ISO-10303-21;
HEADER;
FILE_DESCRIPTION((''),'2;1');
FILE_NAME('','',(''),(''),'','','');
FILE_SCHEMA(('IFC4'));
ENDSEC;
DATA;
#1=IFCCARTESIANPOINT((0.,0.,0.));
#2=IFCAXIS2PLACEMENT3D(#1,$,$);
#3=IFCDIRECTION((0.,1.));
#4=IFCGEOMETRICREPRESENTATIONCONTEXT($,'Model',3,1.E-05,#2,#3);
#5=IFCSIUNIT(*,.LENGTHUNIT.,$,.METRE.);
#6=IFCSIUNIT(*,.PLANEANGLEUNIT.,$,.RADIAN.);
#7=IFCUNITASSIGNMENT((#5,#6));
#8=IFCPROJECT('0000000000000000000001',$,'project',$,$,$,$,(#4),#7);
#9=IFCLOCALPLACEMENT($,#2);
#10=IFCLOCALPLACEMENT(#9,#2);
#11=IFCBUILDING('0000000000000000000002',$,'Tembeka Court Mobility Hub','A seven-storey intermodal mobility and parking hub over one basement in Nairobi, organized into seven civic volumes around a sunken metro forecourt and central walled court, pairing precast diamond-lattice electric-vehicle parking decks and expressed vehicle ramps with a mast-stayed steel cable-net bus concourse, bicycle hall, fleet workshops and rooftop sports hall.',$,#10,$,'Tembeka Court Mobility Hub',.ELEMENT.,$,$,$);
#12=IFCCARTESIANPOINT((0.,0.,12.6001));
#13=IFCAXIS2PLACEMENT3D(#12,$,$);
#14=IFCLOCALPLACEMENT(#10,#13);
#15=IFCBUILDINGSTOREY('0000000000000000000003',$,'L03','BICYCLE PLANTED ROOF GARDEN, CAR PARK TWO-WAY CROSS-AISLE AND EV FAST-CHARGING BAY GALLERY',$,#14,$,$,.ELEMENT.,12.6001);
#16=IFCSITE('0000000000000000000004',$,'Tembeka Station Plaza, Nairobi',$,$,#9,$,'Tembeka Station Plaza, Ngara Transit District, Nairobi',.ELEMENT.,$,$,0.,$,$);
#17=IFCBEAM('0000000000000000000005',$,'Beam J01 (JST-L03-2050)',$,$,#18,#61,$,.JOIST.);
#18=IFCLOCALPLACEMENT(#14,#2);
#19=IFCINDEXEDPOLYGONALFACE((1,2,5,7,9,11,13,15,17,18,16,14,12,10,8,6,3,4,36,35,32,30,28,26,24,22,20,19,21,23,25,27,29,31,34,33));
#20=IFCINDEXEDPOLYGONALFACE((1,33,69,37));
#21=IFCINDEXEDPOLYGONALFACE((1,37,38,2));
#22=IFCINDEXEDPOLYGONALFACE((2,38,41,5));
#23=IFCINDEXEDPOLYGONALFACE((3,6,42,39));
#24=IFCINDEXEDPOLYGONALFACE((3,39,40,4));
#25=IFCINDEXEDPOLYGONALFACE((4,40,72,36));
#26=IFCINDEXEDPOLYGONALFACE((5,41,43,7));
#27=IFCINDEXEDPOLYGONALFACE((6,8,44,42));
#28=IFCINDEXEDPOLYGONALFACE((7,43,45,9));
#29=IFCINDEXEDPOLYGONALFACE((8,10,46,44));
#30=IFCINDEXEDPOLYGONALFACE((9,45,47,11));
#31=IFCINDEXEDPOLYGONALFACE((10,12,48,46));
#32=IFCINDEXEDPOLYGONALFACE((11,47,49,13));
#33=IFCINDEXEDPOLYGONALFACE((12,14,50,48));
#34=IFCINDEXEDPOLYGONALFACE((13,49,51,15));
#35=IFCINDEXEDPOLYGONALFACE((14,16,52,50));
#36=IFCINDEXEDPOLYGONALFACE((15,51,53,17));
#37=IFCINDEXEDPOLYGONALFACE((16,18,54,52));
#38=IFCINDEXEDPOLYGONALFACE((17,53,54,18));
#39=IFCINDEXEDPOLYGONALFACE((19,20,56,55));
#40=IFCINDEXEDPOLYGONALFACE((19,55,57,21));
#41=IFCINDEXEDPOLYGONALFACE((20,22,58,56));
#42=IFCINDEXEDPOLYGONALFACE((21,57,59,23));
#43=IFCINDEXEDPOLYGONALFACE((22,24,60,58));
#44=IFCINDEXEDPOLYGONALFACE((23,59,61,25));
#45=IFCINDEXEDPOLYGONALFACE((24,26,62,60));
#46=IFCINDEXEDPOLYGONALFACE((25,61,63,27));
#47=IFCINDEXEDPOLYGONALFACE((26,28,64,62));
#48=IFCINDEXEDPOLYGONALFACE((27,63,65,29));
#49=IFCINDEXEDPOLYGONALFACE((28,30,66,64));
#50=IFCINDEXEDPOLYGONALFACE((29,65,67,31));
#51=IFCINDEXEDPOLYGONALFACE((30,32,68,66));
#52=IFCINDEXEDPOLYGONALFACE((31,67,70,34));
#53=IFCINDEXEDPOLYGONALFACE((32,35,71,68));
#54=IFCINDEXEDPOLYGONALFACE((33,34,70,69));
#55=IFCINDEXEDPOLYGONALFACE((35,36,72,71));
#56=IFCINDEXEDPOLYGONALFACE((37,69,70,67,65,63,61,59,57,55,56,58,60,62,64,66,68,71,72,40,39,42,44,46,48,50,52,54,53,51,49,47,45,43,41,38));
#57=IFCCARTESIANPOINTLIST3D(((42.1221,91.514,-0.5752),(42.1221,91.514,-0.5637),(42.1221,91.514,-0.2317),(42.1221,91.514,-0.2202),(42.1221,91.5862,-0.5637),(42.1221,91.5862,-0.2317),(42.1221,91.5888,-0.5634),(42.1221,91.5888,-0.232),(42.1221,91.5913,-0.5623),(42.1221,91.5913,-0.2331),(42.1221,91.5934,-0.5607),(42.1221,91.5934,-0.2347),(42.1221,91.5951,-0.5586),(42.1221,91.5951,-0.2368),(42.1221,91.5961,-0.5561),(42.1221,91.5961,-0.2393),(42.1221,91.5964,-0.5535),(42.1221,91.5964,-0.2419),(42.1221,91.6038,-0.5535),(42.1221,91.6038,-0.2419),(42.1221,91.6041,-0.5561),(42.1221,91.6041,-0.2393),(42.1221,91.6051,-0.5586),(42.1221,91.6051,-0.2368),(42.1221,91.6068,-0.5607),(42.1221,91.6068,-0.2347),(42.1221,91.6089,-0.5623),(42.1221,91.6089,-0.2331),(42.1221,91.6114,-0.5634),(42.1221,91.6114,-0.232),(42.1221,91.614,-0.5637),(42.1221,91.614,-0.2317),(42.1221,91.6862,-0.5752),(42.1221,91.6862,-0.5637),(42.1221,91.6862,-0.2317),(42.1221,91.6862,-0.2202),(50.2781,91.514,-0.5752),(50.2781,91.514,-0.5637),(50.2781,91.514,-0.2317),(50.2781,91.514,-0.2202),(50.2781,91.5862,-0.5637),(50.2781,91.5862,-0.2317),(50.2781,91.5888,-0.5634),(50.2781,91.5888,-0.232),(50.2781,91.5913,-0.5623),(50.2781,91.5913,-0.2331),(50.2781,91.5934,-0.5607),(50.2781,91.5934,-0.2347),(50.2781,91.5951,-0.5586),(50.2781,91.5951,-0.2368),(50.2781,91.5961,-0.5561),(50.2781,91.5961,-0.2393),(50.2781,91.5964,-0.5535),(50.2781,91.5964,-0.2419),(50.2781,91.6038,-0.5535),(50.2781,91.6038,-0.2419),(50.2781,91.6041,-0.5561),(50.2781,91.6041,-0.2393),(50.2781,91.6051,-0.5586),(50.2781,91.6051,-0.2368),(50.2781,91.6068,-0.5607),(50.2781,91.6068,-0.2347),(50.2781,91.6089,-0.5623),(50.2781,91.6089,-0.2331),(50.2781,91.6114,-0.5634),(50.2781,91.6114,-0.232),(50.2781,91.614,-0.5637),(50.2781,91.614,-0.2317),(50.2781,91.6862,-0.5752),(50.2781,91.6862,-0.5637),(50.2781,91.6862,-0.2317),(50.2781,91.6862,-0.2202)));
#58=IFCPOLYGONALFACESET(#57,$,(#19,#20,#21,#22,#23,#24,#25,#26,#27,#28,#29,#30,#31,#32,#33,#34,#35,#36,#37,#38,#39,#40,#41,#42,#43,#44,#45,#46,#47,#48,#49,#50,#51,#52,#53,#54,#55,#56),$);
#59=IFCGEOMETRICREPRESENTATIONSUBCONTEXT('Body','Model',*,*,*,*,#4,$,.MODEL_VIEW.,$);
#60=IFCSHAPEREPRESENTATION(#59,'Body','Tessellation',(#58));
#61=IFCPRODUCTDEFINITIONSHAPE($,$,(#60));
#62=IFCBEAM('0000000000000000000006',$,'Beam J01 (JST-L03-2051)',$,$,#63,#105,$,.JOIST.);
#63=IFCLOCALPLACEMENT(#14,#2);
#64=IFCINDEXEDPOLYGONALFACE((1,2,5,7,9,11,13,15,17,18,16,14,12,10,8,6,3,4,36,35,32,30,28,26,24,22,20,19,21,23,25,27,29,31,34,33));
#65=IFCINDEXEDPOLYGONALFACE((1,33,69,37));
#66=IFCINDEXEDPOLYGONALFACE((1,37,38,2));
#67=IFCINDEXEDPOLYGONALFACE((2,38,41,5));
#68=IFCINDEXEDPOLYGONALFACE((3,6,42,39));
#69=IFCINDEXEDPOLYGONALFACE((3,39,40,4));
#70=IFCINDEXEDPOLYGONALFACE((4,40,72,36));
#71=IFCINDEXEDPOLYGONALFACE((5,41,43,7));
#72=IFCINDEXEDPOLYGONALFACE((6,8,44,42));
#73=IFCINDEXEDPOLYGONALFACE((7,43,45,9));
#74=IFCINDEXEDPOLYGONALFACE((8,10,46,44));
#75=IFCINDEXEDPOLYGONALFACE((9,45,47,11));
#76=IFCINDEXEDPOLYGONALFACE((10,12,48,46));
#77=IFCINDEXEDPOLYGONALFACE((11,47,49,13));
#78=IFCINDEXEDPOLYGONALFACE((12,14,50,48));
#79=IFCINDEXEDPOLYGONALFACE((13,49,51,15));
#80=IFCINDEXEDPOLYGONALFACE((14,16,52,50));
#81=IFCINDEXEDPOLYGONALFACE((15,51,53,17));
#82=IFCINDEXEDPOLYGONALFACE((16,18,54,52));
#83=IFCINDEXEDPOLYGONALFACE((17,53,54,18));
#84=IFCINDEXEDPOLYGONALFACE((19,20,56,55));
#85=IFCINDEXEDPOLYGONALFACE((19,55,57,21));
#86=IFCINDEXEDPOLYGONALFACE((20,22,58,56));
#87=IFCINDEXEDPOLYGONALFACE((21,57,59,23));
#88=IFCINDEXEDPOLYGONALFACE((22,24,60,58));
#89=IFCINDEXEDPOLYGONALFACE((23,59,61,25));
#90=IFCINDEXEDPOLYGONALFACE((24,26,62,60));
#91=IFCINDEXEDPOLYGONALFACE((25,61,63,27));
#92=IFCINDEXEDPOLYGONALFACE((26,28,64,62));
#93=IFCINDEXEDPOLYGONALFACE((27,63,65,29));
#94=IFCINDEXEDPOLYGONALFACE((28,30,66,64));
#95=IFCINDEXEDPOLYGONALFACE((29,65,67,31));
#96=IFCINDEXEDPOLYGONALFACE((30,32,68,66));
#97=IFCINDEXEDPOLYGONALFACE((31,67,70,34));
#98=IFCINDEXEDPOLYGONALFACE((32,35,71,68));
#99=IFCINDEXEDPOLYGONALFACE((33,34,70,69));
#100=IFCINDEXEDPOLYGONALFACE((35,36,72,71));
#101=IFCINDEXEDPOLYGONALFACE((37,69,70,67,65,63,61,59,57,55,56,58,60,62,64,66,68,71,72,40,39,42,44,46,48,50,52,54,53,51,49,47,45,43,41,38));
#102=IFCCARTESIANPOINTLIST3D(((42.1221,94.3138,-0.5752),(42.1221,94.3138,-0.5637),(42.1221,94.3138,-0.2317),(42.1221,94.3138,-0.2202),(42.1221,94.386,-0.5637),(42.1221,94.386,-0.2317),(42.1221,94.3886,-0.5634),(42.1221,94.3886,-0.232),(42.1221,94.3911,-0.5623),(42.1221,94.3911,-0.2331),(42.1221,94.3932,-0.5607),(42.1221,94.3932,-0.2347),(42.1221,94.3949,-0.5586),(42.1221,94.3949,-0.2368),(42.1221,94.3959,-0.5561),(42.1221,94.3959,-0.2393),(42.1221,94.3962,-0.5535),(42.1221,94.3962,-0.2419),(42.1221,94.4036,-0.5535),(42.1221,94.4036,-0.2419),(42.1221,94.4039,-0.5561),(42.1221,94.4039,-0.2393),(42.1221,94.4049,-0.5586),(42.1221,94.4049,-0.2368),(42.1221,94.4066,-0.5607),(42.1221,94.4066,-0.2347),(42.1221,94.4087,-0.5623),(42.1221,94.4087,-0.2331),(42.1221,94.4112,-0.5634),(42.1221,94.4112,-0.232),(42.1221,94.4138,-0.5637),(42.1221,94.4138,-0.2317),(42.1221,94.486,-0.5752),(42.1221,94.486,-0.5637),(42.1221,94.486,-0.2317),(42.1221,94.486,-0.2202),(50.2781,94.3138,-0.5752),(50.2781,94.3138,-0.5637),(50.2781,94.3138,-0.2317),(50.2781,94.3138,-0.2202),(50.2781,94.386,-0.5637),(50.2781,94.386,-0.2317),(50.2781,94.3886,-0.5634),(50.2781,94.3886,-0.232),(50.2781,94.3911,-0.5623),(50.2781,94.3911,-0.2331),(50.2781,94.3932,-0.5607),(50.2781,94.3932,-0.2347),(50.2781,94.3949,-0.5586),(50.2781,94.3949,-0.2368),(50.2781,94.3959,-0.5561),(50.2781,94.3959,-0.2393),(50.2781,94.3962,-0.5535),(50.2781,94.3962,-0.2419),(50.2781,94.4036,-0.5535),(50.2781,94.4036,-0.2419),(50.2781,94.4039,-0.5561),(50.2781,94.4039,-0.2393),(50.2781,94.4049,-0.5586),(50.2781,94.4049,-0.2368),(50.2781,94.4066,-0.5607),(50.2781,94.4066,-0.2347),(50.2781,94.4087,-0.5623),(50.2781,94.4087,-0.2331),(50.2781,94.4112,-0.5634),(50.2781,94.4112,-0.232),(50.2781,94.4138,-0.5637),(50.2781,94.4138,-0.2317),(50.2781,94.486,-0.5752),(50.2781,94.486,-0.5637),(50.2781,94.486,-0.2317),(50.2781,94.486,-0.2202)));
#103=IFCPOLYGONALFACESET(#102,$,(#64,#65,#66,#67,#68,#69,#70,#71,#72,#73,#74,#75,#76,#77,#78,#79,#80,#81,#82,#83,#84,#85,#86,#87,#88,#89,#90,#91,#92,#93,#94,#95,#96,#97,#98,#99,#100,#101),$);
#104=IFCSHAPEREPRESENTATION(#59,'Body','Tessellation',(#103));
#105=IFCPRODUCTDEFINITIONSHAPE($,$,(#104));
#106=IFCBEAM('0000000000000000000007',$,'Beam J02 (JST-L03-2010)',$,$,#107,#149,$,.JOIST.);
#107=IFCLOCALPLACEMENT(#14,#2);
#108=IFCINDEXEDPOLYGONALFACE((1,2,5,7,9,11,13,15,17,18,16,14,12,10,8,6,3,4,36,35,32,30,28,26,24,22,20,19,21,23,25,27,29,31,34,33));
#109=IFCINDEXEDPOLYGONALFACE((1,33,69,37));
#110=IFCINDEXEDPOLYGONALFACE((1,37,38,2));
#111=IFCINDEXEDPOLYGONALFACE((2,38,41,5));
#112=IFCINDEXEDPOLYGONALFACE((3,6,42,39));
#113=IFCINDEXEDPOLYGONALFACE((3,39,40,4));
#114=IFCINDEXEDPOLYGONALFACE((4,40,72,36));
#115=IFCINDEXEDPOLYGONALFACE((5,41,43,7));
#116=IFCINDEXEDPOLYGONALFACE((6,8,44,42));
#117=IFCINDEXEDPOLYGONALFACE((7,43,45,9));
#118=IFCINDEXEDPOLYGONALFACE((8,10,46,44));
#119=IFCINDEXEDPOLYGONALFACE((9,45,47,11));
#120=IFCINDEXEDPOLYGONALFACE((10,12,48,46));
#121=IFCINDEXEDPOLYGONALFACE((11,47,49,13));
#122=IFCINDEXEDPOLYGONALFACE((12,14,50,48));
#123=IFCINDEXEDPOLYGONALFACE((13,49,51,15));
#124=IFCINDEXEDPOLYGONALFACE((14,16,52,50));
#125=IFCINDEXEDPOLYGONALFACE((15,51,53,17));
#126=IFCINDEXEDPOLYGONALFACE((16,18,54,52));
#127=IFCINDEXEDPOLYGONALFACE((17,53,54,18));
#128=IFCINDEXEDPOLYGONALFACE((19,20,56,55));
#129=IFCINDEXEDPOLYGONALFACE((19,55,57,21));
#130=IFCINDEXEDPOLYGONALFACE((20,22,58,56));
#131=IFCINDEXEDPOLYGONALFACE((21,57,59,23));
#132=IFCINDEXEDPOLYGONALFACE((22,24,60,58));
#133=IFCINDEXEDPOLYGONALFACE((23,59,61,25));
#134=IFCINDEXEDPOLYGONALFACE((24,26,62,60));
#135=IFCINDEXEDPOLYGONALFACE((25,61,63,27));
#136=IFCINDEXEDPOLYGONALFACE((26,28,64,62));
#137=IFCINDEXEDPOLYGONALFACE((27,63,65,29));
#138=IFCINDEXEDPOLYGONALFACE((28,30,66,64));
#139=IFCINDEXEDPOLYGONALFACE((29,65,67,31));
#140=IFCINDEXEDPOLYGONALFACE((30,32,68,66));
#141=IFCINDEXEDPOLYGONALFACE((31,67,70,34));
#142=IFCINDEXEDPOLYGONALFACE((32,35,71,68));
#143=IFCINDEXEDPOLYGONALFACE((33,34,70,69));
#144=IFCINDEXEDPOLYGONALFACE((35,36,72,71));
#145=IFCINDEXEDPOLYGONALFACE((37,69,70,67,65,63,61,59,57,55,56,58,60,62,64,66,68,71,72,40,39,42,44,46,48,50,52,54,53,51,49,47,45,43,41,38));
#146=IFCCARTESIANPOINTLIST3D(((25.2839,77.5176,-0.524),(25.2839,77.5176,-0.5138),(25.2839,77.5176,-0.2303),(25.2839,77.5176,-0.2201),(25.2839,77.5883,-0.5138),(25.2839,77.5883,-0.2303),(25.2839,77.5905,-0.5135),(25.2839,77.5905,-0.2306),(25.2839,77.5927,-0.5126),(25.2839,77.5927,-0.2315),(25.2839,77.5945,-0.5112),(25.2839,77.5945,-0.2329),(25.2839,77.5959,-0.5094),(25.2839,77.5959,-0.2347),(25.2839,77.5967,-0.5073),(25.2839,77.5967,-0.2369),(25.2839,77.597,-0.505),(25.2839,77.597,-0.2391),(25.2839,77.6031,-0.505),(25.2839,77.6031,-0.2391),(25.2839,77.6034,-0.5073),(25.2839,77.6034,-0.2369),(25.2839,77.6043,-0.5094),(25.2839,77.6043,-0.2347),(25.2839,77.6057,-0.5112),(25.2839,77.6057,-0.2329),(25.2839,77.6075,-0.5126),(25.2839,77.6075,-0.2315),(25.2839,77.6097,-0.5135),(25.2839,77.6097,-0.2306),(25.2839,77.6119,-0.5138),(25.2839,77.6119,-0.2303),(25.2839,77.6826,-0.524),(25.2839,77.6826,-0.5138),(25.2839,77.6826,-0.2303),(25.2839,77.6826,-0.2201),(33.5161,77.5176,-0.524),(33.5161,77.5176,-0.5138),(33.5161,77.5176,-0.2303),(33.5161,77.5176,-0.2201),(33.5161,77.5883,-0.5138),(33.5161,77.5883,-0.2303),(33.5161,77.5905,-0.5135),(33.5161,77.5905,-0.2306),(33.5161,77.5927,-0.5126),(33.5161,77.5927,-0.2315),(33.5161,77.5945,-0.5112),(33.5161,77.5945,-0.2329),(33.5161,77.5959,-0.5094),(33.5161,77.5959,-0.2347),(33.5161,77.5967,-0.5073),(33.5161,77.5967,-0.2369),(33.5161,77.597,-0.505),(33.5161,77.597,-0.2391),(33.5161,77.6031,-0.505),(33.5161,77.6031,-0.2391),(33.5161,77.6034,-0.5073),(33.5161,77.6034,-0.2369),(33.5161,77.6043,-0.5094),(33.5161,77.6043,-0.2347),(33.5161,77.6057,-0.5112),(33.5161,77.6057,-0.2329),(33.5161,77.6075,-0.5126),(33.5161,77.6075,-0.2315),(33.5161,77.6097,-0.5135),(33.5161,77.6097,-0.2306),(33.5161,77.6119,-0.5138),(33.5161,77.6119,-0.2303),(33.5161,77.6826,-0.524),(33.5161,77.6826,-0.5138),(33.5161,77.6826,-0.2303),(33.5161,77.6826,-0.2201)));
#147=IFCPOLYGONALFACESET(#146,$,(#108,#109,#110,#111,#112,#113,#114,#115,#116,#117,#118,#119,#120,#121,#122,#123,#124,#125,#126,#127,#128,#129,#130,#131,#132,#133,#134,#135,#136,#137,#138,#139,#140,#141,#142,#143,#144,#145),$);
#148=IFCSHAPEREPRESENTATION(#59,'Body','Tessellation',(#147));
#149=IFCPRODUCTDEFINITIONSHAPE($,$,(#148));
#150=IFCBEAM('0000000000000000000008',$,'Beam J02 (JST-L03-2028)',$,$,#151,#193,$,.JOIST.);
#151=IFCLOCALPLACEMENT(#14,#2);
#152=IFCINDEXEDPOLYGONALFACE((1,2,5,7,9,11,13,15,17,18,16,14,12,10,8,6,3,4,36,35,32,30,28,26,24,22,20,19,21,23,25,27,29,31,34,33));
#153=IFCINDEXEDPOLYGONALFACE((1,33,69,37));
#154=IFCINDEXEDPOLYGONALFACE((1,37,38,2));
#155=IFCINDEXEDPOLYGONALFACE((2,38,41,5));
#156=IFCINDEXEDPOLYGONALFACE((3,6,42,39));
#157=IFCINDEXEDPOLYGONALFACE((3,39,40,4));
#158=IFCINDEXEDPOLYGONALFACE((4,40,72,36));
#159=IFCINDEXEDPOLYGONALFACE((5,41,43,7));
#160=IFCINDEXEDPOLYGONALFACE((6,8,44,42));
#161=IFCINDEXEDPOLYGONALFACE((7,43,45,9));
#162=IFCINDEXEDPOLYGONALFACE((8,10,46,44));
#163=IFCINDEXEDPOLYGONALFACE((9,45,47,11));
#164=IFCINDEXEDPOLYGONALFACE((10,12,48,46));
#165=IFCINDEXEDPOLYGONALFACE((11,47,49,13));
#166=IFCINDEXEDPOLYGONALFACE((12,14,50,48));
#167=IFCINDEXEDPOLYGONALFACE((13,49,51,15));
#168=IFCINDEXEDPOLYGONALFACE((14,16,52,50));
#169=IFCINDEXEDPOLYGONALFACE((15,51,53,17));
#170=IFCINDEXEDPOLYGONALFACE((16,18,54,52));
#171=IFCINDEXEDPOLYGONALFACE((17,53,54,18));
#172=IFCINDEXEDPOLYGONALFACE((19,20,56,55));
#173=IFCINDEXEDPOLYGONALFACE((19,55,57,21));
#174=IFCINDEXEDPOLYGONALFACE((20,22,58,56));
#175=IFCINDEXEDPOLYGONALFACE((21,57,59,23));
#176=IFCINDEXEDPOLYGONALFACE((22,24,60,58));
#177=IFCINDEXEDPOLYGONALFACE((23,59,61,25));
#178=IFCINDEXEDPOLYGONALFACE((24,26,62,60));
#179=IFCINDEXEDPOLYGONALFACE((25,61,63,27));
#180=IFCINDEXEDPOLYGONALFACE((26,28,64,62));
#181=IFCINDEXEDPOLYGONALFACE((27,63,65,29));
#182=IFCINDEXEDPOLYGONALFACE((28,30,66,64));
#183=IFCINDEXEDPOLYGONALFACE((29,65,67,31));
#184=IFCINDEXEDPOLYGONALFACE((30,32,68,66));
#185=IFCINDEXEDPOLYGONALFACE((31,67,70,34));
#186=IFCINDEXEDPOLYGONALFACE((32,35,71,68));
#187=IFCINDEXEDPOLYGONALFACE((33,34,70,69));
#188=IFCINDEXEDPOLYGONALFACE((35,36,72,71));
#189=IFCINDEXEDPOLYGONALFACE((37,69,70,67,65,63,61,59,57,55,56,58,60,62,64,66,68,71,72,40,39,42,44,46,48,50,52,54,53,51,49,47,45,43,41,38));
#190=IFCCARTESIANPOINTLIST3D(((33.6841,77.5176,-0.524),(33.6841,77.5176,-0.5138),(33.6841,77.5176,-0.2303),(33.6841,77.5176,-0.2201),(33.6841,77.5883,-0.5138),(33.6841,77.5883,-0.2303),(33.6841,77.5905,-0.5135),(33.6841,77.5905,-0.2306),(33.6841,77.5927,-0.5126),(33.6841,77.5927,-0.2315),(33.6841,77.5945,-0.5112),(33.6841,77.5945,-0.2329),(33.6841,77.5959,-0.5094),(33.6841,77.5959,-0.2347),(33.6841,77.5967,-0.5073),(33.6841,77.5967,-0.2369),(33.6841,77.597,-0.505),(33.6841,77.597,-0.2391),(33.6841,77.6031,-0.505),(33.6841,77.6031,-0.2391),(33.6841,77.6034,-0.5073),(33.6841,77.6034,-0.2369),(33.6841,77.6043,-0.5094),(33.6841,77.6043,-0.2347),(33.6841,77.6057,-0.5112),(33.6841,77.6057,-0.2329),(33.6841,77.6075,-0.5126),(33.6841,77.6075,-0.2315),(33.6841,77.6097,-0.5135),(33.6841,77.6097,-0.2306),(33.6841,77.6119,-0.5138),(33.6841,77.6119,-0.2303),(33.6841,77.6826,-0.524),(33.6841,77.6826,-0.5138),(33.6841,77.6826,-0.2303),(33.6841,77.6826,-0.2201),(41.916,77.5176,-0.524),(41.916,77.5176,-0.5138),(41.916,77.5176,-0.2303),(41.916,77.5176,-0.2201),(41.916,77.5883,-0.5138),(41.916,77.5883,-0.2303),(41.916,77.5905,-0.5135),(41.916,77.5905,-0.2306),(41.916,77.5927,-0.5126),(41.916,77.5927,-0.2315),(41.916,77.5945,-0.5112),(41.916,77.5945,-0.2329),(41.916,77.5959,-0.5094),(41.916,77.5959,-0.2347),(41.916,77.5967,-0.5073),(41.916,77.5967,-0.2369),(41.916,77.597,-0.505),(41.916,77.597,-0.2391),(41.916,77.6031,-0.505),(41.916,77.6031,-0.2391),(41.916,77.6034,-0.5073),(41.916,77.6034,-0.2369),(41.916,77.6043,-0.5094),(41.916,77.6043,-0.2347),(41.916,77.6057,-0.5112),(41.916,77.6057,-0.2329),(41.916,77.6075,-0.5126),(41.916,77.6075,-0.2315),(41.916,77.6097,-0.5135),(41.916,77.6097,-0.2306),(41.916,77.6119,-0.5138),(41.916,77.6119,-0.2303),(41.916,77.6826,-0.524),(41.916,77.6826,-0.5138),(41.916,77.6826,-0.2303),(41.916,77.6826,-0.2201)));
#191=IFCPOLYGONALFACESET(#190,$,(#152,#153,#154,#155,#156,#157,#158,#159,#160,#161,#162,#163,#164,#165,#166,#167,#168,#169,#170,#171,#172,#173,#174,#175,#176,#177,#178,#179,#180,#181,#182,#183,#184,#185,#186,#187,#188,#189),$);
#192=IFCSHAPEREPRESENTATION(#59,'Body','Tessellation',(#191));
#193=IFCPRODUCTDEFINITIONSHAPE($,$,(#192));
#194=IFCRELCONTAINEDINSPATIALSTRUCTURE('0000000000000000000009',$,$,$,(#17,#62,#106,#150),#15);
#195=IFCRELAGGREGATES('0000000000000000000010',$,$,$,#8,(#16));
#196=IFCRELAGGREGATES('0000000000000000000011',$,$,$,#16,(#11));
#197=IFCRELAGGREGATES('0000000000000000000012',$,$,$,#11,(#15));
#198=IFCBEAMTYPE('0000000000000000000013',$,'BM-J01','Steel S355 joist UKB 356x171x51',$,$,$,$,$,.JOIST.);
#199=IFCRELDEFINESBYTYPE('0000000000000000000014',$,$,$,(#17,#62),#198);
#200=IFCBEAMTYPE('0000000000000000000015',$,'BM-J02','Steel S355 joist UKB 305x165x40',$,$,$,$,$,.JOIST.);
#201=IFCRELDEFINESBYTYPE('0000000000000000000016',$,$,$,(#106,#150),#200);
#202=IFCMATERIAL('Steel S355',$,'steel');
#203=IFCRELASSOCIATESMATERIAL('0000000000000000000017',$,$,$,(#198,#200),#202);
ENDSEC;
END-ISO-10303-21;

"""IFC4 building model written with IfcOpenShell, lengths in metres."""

from ifc_helpers import new_model, si_unit, direction, frame, origin, origin_2d, place, context, subcontext, project, spatial, i_section, extrude, material, material_profile, profile_set, type_object, element, save


model = new_model("IFC4")

# Units and contexts
model_context = context("Model", 3, precision=1e-05, world=origin(), true_north=direction((0.0, 1.0)))
body_context = subcontext(model_context, "Body", "Model", "MODEL_VIEW")
ifc_project = project(units=[si_unit("LENGTHUNIT", "METRE"), si_unit("PLANEANGLEUNIT", "RADIAN")], contexts=[model_context])

# Site, building, storey
site_placement = place(None, origin())
site = spatial("IfcSite", under=ifc_project, at=site_placement, Name="Tembeka Station Plaza, Nairobi", LongName="Tembeka Station Plaza, Ngara Transit District, Nairobi", CompositionType="ELEMENT", RefElevation=0.0)
building_placement = place(site_placement, origin())
building = spatial("IfcBuilding", under=site, at=building_placement, Name="Tembeka Court Mobility Hub", Description="A seven-storey intermodal mobility and parking hub over one basement in Nairobi, organized into seven civic volumes around a sunken metro forecourt and central walled court, pairing precast diamond-lattice electric-vehicle parking decks and expressed vehicle ramps with a mast-stayed steel cable-net bus concourse, bicycle hall, fleet workshops and rooftop sports hall.", LongName="Tembeka Court Mobility Hub", CompositionType="ELEMENT")
storey_placement = place(building_placement, frame((0.0, 0.0, 12.6001)))
storey = spatial("IfcBuildingStorey", under=building, at=storey_placement, Name="L03", Description="BICYCLE PLANTED ROOF GARDEN, CAR PARK TWO-WAY CROSS-AISLE AND EV FAST-CHARGING BAY GALLERY", CompositionType="ELEMENT", Elevation=12.6001)

# Shared definitions
ifc_material_1 = material(Name="Steel S355", Category="steel")

# Beams
ifc_material_profile_1 = material_profile(ifc_material_1, i_section(OverallWidth=0.1721, OverallDepth=0.355, WebThickness=0.0073, FlangeThickness=0.0115, FilletRadius=0.0103, at=origin_2d()), Name="UKB 356x171x51")
ifc_profile_set_1 = profile_set([ifc_material_profile_1], Name="Steel S355")
beam_type_1 = type_object("IfcBeamType", Name="BM-J01", Description="Steel S355 joist UKB 356x171x51", PredefinedType="JOIST", material=ifc_profile_set_1)
for number, where, z_axis, x_axis, name in (
    (1, (42.1221, 91.6001, -0.3977), (1.0, 0.0, 0.0), (0.0, 1.0, 0.0), "Beam J01 (JST-L03-2050)"),
    (2, (42.1221, 94.3999, -0.3977), (1.0, 0.0, 0.0), (0.0, 1.0, 0.0), "Beam J01 (JST-L03-2051)"),
):
    element("IfcBeam", number, at=place(storey_placement, frame(where, z_axis=z_axis, x_axis=x_axis)), inside=storey, type_object=beam_type_1, Name=name, PredefinedType="JOIST", context=body_context, shape_type="SweptSolid", body=[
        extrude(i_section(OverallWidth=0.1721, OverallDepth=0.355, WebThickness=0.0073, FlangeThickness=0.0115, FilletRadius=0.0103, at=origin_2d()), origin(), (0.0, 0.0, 1.0), 8.156),
    ])
ifc_material_profile_2 = material_profile(ifc_material_1, i_section(OverallWidth=0.165, OverallDepth=0.304, WebThickness=0.0061, FlangeThickness=0.0103, FilletRadius=0.0088, at=origin_2d()), Name="UKB 305x165x40")
ifc_profile_set_2 = profile_set([ifc_material_profile_2], Name="Steel S355")
beam_type_2 = type_object("IfcBeamType", Name="BM-J02", Description="Steel S355 joist UKB 305x165x40", PredefinedType="JOIST", material=ifc_profile_set_2)
beam_1_placement = place(storey_placement, frame((25.2839, 77.6001, -0.3721), z_axis=(1.0, 0.0, 0.0), x_axis=(0.0, 1.0, 0.0)))
element("IfcBeam", 3, at=beam_1_placement, inside=storey, type_object=beam_type_2, Name="Beam J02 (JST-L03-2010)", PredefinedType="JOIST", context=body_context, shape_type="SweptSolid", body=[
    extrude(i_section(OverallWidth=0.165, OverallDepth=0.304, WebThickness=0.0061, FlangeThickness=0.0103, FilletRadius=0.0088, at=origin_2d()), origin(), (0.0, 0.0, 1.0), 8.2322),
])
for number, where, z_axis, x_axis, name in (
    (4, (33.6841, 77.6001, -0.3721), (1.0, 0.0, 0.0), (0.0, 1.0, 0.0), "Beam J02 (JST-L03-2028)"),
):
    element("IfcBeam", number, at=place(storey_placement, frame(where, z_axis=z_axis, x_axis=x_axis)), inside=storey, type_object=beam_type_2, Name=name, PredefinedType="JOIST", context=body_context, shape_type="SweptSolid", body=[
        extrude(i_section(OverallWidth=0.165, OverallDepth=0.304, WebThickness=0.0061, FlangeThickness=0.0103, FilletRadius=0.0088, at=origin_2d()), origin(), (0.0, 0.0, 1.0), 8.2319),
    ])

save(model, "model.ifc")
